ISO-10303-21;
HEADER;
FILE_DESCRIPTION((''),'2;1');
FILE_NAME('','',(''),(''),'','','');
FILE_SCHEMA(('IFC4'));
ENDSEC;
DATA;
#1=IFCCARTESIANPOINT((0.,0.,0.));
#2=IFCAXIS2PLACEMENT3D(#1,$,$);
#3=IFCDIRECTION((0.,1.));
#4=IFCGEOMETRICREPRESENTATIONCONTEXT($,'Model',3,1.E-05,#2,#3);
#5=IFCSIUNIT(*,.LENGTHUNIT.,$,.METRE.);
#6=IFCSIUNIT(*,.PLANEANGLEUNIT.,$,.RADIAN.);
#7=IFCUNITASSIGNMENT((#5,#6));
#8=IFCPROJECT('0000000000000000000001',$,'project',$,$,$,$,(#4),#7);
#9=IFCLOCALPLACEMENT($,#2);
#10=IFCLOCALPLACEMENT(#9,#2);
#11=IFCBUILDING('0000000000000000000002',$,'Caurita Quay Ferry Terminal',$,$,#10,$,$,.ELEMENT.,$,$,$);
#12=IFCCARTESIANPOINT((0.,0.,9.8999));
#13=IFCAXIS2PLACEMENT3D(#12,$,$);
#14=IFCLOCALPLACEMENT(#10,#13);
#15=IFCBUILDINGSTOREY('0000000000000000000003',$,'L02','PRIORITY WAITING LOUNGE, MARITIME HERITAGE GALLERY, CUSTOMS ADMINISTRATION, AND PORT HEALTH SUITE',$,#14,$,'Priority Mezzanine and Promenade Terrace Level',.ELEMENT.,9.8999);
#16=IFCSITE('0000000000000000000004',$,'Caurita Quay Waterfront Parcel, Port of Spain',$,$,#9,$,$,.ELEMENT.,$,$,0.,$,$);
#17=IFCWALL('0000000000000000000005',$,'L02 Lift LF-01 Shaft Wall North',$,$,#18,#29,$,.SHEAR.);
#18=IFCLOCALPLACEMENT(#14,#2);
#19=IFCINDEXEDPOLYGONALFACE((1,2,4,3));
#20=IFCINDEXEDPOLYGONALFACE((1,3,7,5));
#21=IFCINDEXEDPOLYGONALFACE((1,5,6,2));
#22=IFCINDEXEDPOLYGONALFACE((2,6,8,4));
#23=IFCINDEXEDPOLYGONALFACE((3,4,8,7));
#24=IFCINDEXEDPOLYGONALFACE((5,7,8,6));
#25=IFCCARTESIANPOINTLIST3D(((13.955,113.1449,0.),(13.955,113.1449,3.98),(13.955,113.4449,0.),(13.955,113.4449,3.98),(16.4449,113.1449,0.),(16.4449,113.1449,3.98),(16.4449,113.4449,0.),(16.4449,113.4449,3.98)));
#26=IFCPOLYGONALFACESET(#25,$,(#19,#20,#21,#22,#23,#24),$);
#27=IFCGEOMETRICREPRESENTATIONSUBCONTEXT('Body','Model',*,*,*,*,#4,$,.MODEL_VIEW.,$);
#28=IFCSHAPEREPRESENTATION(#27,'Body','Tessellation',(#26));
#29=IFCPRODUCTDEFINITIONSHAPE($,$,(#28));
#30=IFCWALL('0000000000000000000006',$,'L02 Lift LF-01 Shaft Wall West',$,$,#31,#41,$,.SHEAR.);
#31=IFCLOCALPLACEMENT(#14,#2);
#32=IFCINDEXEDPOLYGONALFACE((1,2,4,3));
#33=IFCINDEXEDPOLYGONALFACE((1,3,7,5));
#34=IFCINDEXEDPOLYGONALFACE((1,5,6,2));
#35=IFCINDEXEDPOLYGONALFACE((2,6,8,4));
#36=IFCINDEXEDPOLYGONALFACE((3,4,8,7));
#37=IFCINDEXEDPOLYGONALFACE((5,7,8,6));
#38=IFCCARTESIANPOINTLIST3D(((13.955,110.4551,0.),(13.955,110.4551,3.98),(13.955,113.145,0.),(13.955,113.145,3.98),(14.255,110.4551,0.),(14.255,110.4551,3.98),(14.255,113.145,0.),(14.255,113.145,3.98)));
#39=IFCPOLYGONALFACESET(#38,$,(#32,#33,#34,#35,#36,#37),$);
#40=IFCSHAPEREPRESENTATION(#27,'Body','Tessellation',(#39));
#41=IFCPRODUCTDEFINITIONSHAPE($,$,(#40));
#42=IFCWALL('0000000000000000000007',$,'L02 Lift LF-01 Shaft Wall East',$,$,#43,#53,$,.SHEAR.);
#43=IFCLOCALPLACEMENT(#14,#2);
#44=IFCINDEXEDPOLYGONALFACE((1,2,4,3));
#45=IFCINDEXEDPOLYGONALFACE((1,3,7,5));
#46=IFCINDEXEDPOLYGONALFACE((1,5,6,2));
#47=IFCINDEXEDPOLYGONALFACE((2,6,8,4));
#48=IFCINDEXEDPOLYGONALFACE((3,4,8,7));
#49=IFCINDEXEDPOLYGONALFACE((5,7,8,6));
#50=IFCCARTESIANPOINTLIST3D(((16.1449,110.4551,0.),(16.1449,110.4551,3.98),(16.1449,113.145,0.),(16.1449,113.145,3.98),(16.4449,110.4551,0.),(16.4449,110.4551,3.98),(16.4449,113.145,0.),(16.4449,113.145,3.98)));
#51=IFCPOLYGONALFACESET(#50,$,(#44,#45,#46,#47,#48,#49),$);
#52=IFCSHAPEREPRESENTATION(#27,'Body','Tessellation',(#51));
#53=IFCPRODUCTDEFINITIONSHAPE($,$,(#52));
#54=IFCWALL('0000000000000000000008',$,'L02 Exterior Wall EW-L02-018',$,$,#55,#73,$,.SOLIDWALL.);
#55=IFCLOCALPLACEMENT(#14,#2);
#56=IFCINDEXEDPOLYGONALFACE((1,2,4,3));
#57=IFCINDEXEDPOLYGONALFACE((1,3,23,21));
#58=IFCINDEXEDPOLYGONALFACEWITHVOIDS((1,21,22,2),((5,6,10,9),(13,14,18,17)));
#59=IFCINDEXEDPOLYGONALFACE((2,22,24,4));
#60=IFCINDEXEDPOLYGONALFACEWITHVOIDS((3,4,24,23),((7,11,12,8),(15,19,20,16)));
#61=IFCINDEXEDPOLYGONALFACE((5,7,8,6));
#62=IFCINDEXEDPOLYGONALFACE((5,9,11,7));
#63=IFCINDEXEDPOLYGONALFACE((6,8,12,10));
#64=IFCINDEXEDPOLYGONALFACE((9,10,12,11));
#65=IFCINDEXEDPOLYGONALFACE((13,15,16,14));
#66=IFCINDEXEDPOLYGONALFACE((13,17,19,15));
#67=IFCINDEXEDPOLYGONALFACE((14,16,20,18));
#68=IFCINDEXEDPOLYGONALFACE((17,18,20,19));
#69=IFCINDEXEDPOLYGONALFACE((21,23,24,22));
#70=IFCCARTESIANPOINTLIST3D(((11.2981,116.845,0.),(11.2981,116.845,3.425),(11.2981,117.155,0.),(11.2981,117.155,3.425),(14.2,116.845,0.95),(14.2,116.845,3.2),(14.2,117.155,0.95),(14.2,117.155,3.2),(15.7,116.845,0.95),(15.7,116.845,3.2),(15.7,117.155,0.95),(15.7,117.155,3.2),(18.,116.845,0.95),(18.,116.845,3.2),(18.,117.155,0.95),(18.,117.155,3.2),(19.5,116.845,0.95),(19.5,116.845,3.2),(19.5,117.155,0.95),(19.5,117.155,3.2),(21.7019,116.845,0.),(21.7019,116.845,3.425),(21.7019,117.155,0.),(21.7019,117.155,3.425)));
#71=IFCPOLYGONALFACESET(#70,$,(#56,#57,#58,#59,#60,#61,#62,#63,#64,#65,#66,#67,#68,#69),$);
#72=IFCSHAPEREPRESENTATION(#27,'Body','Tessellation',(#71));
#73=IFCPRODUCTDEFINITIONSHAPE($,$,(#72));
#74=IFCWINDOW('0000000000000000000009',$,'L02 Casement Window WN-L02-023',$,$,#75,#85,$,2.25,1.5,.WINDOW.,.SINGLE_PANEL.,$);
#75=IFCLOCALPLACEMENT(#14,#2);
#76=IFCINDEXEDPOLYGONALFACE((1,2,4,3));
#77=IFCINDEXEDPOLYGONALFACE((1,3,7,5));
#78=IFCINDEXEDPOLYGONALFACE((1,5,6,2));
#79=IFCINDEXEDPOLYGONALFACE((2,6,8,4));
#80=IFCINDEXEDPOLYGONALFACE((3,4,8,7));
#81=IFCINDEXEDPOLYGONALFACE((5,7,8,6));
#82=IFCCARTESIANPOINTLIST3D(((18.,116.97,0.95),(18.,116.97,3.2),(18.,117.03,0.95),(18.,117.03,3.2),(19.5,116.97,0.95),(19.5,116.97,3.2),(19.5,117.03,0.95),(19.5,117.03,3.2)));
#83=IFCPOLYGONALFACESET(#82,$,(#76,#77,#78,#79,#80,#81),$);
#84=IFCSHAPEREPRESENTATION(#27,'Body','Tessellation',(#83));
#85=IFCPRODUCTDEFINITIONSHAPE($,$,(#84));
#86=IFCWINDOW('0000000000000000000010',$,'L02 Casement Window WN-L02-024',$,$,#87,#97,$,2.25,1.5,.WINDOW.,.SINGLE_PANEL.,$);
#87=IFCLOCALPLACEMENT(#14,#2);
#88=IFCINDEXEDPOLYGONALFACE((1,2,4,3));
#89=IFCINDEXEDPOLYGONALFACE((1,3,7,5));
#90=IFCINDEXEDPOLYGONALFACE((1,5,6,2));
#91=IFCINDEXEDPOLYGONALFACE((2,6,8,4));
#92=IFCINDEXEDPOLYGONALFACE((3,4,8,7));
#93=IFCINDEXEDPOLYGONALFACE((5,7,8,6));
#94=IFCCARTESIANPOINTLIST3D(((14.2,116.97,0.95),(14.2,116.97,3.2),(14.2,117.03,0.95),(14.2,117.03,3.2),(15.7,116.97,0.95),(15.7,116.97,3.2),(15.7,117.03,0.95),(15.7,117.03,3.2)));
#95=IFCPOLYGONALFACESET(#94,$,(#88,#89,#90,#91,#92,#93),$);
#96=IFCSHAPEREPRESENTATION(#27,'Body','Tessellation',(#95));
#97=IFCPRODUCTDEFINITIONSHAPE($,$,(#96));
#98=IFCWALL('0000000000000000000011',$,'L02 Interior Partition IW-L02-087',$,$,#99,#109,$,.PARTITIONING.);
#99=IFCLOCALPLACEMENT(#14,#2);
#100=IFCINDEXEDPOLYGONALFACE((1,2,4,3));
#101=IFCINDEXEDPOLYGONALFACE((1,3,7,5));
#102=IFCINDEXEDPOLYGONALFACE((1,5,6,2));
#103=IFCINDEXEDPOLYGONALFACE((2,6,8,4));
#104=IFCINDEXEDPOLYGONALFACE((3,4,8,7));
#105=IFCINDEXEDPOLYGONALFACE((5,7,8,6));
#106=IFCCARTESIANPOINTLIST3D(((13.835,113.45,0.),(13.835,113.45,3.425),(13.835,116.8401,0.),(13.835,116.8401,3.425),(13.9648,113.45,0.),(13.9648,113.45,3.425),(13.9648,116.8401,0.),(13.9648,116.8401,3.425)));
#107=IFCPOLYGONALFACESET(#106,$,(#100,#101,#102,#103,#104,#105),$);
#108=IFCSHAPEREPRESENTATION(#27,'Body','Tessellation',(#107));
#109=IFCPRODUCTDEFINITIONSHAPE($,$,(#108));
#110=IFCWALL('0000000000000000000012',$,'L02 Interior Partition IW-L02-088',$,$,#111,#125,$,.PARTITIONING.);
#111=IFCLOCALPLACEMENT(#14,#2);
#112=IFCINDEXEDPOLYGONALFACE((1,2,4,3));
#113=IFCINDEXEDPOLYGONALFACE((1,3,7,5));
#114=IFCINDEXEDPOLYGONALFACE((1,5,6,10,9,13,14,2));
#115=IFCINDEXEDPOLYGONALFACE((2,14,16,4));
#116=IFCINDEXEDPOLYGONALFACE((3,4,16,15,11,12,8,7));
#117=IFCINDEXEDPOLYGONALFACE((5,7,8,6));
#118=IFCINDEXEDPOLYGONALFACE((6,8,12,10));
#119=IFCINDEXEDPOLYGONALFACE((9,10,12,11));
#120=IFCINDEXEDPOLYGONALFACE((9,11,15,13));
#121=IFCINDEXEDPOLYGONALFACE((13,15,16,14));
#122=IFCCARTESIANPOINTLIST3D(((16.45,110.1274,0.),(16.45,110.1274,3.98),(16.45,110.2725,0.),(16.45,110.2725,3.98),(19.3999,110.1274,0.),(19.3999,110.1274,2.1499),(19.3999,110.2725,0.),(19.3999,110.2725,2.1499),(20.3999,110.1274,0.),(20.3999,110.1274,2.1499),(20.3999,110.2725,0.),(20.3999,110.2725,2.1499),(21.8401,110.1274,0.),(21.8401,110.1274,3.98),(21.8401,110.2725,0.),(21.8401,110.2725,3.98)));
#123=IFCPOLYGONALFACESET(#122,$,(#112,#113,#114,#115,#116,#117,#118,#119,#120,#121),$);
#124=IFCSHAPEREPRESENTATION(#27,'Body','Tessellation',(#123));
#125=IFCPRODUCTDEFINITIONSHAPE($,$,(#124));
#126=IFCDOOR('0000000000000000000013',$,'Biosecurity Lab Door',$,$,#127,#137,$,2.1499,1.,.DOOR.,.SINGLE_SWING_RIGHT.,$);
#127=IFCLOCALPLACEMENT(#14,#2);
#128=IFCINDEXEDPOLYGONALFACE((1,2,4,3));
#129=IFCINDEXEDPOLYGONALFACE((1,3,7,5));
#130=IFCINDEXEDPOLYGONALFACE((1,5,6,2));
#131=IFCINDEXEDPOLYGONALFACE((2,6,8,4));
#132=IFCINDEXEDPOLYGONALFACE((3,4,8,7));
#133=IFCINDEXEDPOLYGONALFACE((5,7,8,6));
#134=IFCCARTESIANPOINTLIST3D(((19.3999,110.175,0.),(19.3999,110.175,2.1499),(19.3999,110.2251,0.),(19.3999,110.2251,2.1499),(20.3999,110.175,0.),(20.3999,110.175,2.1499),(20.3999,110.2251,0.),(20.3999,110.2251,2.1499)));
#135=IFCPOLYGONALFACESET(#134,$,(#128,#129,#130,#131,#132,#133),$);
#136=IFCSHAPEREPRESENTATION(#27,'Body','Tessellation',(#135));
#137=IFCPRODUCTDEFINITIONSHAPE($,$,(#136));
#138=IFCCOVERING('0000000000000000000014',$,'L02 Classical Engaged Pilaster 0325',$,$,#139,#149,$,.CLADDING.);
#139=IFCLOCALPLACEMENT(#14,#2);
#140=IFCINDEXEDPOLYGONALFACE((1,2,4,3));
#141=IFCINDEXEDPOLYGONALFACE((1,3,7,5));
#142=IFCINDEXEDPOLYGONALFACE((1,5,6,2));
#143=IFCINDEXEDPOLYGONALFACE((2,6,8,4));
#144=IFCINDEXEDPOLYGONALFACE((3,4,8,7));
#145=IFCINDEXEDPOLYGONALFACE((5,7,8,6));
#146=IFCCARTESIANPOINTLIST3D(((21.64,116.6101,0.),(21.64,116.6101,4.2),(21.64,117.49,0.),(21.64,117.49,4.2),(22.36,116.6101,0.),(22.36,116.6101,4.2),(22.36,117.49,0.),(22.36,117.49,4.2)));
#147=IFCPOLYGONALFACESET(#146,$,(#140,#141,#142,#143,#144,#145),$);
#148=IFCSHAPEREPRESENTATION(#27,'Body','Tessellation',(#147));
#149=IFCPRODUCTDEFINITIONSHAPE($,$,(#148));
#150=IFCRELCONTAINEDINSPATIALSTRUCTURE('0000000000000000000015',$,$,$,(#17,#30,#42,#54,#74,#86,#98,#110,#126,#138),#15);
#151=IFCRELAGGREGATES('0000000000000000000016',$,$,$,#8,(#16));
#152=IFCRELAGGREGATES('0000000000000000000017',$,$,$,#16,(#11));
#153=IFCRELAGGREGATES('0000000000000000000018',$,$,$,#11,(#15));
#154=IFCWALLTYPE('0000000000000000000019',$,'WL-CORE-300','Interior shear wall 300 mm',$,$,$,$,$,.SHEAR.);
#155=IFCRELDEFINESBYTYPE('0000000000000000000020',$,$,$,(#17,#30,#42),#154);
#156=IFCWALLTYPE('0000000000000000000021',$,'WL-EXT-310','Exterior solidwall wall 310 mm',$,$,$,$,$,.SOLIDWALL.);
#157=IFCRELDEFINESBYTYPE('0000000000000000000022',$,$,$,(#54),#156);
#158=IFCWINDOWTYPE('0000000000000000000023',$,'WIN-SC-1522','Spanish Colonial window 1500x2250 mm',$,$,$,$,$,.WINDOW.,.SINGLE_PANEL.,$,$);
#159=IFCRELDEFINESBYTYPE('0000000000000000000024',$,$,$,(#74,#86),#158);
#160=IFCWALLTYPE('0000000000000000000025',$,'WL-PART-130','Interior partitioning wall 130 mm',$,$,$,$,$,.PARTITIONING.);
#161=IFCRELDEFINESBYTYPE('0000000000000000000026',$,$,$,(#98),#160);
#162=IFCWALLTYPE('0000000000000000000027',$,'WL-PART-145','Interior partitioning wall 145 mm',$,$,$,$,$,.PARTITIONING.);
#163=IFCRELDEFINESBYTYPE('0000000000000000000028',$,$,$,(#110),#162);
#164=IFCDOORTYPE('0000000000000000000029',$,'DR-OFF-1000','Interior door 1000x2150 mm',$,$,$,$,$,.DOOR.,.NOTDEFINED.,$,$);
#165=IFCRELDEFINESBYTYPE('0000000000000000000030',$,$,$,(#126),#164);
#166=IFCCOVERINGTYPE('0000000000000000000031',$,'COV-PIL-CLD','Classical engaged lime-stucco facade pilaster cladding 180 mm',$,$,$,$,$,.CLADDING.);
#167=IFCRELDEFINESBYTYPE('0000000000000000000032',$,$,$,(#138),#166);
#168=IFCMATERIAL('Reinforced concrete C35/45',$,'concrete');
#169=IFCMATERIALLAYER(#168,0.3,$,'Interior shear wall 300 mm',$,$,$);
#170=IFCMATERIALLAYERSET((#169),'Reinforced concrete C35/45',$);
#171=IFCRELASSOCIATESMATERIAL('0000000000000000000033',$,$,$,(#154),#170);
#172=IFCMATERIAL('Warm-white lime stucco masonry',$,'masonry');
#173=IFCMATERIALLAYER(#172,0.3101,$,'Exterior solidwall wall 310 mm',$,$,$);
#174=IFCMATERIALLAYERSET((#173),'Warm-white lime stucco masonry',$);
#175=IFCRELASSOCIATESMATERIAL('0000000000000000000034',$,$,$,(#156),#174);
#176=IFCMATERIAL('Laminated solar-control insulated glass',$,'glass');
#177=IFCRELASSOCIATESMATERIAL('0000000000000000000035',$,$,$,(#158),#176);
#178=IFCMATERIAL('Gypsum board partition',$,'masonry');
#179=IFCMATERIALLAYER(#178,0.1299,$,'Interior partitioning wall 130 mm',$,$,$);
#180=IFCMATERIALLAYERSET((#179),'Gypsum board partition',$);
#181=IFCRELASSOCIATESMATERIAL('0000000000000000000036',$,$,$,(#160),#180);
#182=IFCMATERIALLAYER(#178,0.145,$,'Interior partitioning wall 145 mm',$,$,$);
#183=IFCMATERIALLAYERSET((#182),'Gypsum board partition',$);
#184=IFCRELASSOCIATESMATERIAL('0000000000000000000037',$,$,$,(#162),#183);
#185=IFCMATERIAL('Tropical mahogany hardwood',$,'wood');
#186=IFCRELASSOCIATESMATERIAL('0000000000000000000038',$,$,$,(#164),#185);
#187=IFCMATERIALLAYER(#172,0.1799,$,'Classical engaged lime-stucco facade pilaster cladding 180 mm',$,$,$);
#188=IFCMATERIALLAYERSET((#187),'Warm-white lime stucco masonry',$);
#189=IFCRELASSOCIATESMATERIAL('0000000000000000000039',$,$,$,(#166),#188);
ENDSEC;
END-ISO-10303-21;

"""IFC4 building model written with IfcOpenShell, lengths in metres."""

from ifc_helpers import new_model, si_unit, direction, frame, frame_2d, origin, origin_2d, place, context, subcontext, project, spatial, rectangle, extrude, material, layer, layer_set, type_object, element, fill, save


model = new_model("IFC4")

# Units and contexts
model_context = context("Model", 3, precision=1e-05, world=origin(), true_north=direction((0.0, 1.0)))
body_context = subcontext(model_context, "Body", "Model", "MODEL_VIEW")
ifc_project = project(units=[si_unit("LENGTHUNIT", "METRE"), si_unit("PLANEANGLEUNIT", "RADIAN")], contexts=[model_context])

# Site, building, storey
site_placement = place(None, origin())
site = spatial("IfcSite", under=ifc_project, at=site_placement, Name="Caurita Quay Waterfront Parcel, Port of Spain", CompositionType="ELEMENT", RefElevation=0.0)
building_placement = place(site_placement, origin())
building = spatial("IfcBuilding", under=site, at=building_placement, Name="Caurita Quay Ferry Terminal", CompositionType="ELEMENT")
storey_placement = place(building_placement, frame((0.0, 0.0, 9.8999)))
storey = spatial("IfcBuildingStorey", under=building, at=storey_placement, Name="L02", Description="PRIORITY WAITING LOUNGE, MARITIME HERITAGE GALLERY, CUSTOMS ADMINISTRATION, AND PORT HEALTH SUITE", LongName="Priority Mezzanine and Promenade Terrace Level", CompositionType="ELEMENT", Elevation=9.8999)

# Shared definitions
ifc_material_1 = material(Name="Reinforced concrete C35/45", Category="concrete")

# Shared definitions
ifc_layer_1 = layer(ifc_material_1, 0.3, Name="Interior shear wall 300 mm")
ifc_layer_set_1 = layer_set([ifc_layer_1], Name="Reinforced concrete C35/45")
wall_type_1 = type_object("IfcWallType", Name="WL-CORE-300", Description="Interior shear wall 300 mm", PredefinedType="SHEAR", material=ifc_layer_set_1)

# Walls
wall_1_placement = place(storey_placement, frame((16.4451, 113.2949, 0.0), z_axis=(0.0, 0.0, 1.0), x_axis=(-1.0, 0.0, 0.0)))
element("IfcWall", 1, at=wall_1_placement, inside=storey, type_object=wall_type_1, Name="L02 Lift LF-01 Shaft Wall North", PredefinedType="SHEAR", context=body_context, shape_type="SweptSolid", body=[
    extrude(rectangle(XDim=2.49, YDim=0.3, at=frame_2d((1.2451, 0.0))), origin(), (0.0, 0.0, 1.0), 3.98),
])
for number, where, z_axis, x_axis, name in (
    (2, (14.105, 113.145, 0.0), (0.0, 0.0, 1.0), (0.0, -1.0, 0.0), "L02 Lift LF-01 Shaft Wall West"),
    (3, (16.2949, 110.4551, 0.0), (0.0, 0.0, 1.0), (0.0, 1.0, 0.0), "L02 Lift LF-01 Shaft Wall East"),
):
    element("IfcWall", number, at=place(storey_placement, frame(where, z_axis=z_axis, x_axis=x_axis)), inside=storey, type_object=wall_type_1, Name=name, PredefinedType="SHEAR", context=body_context, shape_type="SweptSolid", body=[
        extrude(rectangle(XDim=2.6899, YDim=0.3, at=frame_2d((1.345, 0.0))), origin(), (0.0, 0.0, 1.0), 3.98),
    ])

# Wall, openings, windows
ifc_material_2 = material(Name="Warm-white lime stucco masonry", Category="masonry")
ifc_layer_2 = layer(ifc_material_2, 0.3101, Name="Exterior solidwall wall 310 mm")
ifc_layer_set_2 = layer_set([ifc_layer_2], Name="Warm-white lime stucco masonry")
wall_type_2 = type_object("IfcWallType", Name="WL-EXT-310", Description="Exterior solidwall wall 310 mm", PredefinedType="SOLIDWALL", material=ifc_layer_set_2)
wall_2_placement = place(storey_placement, frame((21.7019, 117.0, 0.0), z_axis=(0.0, 0.0, 1.0), x_axis=(-1.0, 0.0, 0.0)))
wall_2 = element("IfcWall", 4, at=wall_2_placement, inside=storey, type_object=wall_type_2, Name="L02 Exterior Wall EW-L02-018", PredefinedType="SOLIDWALL", context=body_context, shape_type="SweptSolid", body=[
    extrude(rectangle(XDim=10.4038, YDim=0.3101, at=frame_2d((5.2019, 0.0))), origin(), (0.0, 0.0, 1.0), 3.425),
])
opening_1_placement = place(wall_2_placement, frame((2.2019, 0.0, 0.95)))
opening_1 = element("IfcOpeningElement", 5, at=opening_1_placement, cuts=wall_2, PredefinedType="OPENING", context=body_context, shape_type="SweptSolid", body=[
    extrude(rectangle(XDim=1.5, YDim=2.25, at=frame_2d((0.75, 1.125))), frame((0.0, 0.165, 0.0), z_axis=(0.0, -1.0, 0.0), x_axis=(1.0, 0.0, 0.0)), (0.0, 0.0, 1.0), 0.3301),
])
opening_2_placement = place(wall_2_placement, frame((6.002, 0.0, 0.95)))
opening_2 = element("IfcOpeningElement", 6, at=opening_2_placement, cuts=wall_2, PredefinedType="OPENING", context=body_context, shape_type="SweptSolid", body=[
    extrude(rectangle(XDim=1.5, YDim=2.25, at=frame_2d((0.75, 1.125))), frame((0.0, 0.165, 0.0), z_axis=(0.0, -1.0, 0.0), x_axis=(1.0, 0.0, 0.0)), (0.0, 0.0, 1.0), 0.3301),
])
ifc_material_3 = material(Name="Laminated solar-control insulated glass", Category="glass")
window_type = type_object("IfcWindowType", Name="WIN-SC-1522", Description="Spanish Colonial window 1500x2250 mm", PartitioningType="SINGLE_PANEL", PredefinedType="WINDOW", material=ifc_material_3)
window_1_placement = place(opening_1_placement, origin())
window_1 = element("IfcWindow", 7, at=window_1_placement, inside=storey, type_object=window_type, Name="L02 Casement Window WN-L02-023", OverallHeight=2.25, OverallWidth=1.5, PartitioningType="SINGLE_PANEL", PredefinedType="WINDOW", context=body_context, shape_type="SweptSolid", body=[
    extrude(rectangle(XDim=1.5, YDim=2.25, at=frame_2d((0.75, 1.125))), frame((0.0, 0.03, 0.0), z_axis=(0.0, -1.0, 0.0), x_axis=(1.0, 0.0, 0.0)), (0.0, 0.0, 1.0), 0.0601),
])
fill(opening_1, window_1)
window_2_placement = place(opening_2_placement, origin())
window_2 = element("IfcWindow", 8, at=window_2_placement, inside=storey, type_object=window_type, Name="L02 Casement Window WN-L02-024", OverallHeight=2.25, OverallWidth=1.5, PartitioningType="SINGLE_PANEL", PredefinedType="WINDOW", context=body_context, shape_type="SweptSolid", body=[
    extrude(rectangle(XDim=1.5, YDim=2.25, at=frame_2d((0.75, 1.125))), frame((0.0, 0.03, 0.0), z_axis=(0.0, -1.0, 0.0), x_axis=(1.0, 0.0, 0.0)), (0.0, 0.0, 1.0), 0.0601),
])
fill(opening_2, window_2)

# Wall
ifc_material_4 = material(Name="Gypsum board partition", Category="masonry")
ifc_layer_3 = layer(ifc_material_4, 0.1299, Name="Interior partitioning wall 130 mm")
ifc_layer_set_3 = layer_set([ifc_layer_3], Name="Gypsum board partition")
wall_type_3 = type_object("IfcWallType", Name="WL-PART-130", Description="Interior partitioning wall 130 mm", PredefinedType="PARTITIONING", material=ifc_layer_set_3)
wall_3_placement = place(storey_placement, frame((13.8999, 113.45, 0.0), z_axis=(0.0, 0.0, 1.0), x_axis=(0.0, 1.0, 0.0)))
element("IfcWall", 9, at=wall_3_placement, inside=storey, type_object=wall_type_3, Name="L02 Interior Partition IW-L02-087", PredefinedType="PARTITIONING", context=body_context, shape_type="SweptSolid", body=[
    extrude(rectangle(XDim=3.3901, YDim=0.1299, at=frame_2d((1.6951, 0.0))), origin(), (0.0, 0.0, 1.0), 3.425),
])

# Wall, opening, door
ifc_layer_4 = layer(ifc_material_4, 0.145, Name="Interior partitioning wall 145 mm")
ifc_layer_set_4 = layer_set([ifc_layer_4], Name="Gypsum board partition")
wall_type_4 = type_object("IfcWallType", Name="WL-PART-145", Description="Interior partitioning wall 145 mm", PredefinedType="PARTITIONING", material=ifc_layer_set_4)
wall_4_placement = place(storey_placement, frame((16.45, 110.2, 0.0), z_axis=(0.0, 0.0, 1.0), x_axis=(1.0, 0.0, 0.0)))
wall_4 = element("IfcWall", 10, at=wall_4_placement, inside=storey, type_object=wall_type_4, Name="L02 Interior Partition IW-L02-088", PredefinedType="PARTITIONING", context=body_context, shape_type="SweptSolid", body=[
    extrude(rectangle(XDim=5.3901, YDim=0.145, at=frame_2d((2.6951, 0.0))), origin(), (0.0, 0.0, 1.0), 3.98),
])
opening_3_placement = place(wall_4_placement, frame((2.95, 0.0, 0.0)))
opening_3 = element("IfcOpeningElement", 11, at=opening_3_placement, cuts=wall_4, PredefinedType="OPENING", context=body_context, shape_type="SweptSolid", body=[
    extrude(rectangle(XDim=1.0, YDim=2.1499, at=frame_2d((0.5, 1.075))), frame((0.0, 0.0825, 0.0), z_axis=(0.0, -1.0, 0.0), x_axis=(1.0, 0.0, 0.0)), (0.0, 0.0, 1.0), 0.165),
])
ifc_material_5 = material(Name="Tropical mahogany hardwood", Category="wood")
door_type_1 = type_object("IfcDoorType", Name="DR-OFF-1000", Description="Interior door 1000x2150 mm", OperationType="NOTDEFINED", PredefinedType="DOOR", material=ifc_material_5)
door_1_placement = place(opening_3_placement, frame((1.0, 0.0, 0.0), z_axis=(0.0, 0.0, 1.0), x_axis=(-1.0, 0.0, 0.0)))
door_1 = element("IfcDoor", 12, at=door_1_placement, inside=storey, type_object=door_type_1, Name="Biosecurity Lab Door", OperationType="SINGLE_SWING_RIGHT", OverallHeight=2.1499, OverallWidth=1.0, PredefinedType="DOOR", context=body_context, shape_type="SweptSolid", body=[
    extrude(rectangle(XDim=1.0, YDim=2.1499, at=frame_2d((0.5, 1.075))), frame((0.0, 0.0249, 0.0), z_axis=(0.0, -1.0, 0.0), x_axis=(1.0, 0.0, 0.0)), (0.0, 0.0, 1.0), 0.05),
])
fill(opening_3, door_1)

# Covering
ifc_layer_5 = layer(ifc_material_2, 0.1799, Name="Classical engaged lime-stucco facade pilaster cladding 180 mm")
ifc_layer_set_5 = layer_set([ifc_layer_5], Name="Warm-white lime stucco masonry")
covering_type = type_object("IfcCoveringType", Name="COV-PIL-CLD", Description="Classical engaged lime-stucco facade pilaster cladding 180 mm", PredefinedType="CLADDING", material=ifc_layer_set_5)
covering_placement = place(storey_placement, frame((22.0, 117.05, 0.0), z_axis=(0.0, 0.0, 1.0), x_axis=(1.0, 0.0, 0.0)))
element("IfcCovering", 13, at=covering_placement, inside=storey, type_object=covering_type, Name="L02 Classical Engaged Pilaster 0325", PredefinedType="CLADDING", context=body_context, shape_type="SweptSolid", body=[
    extrude(rectangle(XDim=0.72, YDim=0.8799, at=origin_2d()), origin(), (0.0, 0.0, 1.0), 4.2),
])

save(model, "model.ifc")
